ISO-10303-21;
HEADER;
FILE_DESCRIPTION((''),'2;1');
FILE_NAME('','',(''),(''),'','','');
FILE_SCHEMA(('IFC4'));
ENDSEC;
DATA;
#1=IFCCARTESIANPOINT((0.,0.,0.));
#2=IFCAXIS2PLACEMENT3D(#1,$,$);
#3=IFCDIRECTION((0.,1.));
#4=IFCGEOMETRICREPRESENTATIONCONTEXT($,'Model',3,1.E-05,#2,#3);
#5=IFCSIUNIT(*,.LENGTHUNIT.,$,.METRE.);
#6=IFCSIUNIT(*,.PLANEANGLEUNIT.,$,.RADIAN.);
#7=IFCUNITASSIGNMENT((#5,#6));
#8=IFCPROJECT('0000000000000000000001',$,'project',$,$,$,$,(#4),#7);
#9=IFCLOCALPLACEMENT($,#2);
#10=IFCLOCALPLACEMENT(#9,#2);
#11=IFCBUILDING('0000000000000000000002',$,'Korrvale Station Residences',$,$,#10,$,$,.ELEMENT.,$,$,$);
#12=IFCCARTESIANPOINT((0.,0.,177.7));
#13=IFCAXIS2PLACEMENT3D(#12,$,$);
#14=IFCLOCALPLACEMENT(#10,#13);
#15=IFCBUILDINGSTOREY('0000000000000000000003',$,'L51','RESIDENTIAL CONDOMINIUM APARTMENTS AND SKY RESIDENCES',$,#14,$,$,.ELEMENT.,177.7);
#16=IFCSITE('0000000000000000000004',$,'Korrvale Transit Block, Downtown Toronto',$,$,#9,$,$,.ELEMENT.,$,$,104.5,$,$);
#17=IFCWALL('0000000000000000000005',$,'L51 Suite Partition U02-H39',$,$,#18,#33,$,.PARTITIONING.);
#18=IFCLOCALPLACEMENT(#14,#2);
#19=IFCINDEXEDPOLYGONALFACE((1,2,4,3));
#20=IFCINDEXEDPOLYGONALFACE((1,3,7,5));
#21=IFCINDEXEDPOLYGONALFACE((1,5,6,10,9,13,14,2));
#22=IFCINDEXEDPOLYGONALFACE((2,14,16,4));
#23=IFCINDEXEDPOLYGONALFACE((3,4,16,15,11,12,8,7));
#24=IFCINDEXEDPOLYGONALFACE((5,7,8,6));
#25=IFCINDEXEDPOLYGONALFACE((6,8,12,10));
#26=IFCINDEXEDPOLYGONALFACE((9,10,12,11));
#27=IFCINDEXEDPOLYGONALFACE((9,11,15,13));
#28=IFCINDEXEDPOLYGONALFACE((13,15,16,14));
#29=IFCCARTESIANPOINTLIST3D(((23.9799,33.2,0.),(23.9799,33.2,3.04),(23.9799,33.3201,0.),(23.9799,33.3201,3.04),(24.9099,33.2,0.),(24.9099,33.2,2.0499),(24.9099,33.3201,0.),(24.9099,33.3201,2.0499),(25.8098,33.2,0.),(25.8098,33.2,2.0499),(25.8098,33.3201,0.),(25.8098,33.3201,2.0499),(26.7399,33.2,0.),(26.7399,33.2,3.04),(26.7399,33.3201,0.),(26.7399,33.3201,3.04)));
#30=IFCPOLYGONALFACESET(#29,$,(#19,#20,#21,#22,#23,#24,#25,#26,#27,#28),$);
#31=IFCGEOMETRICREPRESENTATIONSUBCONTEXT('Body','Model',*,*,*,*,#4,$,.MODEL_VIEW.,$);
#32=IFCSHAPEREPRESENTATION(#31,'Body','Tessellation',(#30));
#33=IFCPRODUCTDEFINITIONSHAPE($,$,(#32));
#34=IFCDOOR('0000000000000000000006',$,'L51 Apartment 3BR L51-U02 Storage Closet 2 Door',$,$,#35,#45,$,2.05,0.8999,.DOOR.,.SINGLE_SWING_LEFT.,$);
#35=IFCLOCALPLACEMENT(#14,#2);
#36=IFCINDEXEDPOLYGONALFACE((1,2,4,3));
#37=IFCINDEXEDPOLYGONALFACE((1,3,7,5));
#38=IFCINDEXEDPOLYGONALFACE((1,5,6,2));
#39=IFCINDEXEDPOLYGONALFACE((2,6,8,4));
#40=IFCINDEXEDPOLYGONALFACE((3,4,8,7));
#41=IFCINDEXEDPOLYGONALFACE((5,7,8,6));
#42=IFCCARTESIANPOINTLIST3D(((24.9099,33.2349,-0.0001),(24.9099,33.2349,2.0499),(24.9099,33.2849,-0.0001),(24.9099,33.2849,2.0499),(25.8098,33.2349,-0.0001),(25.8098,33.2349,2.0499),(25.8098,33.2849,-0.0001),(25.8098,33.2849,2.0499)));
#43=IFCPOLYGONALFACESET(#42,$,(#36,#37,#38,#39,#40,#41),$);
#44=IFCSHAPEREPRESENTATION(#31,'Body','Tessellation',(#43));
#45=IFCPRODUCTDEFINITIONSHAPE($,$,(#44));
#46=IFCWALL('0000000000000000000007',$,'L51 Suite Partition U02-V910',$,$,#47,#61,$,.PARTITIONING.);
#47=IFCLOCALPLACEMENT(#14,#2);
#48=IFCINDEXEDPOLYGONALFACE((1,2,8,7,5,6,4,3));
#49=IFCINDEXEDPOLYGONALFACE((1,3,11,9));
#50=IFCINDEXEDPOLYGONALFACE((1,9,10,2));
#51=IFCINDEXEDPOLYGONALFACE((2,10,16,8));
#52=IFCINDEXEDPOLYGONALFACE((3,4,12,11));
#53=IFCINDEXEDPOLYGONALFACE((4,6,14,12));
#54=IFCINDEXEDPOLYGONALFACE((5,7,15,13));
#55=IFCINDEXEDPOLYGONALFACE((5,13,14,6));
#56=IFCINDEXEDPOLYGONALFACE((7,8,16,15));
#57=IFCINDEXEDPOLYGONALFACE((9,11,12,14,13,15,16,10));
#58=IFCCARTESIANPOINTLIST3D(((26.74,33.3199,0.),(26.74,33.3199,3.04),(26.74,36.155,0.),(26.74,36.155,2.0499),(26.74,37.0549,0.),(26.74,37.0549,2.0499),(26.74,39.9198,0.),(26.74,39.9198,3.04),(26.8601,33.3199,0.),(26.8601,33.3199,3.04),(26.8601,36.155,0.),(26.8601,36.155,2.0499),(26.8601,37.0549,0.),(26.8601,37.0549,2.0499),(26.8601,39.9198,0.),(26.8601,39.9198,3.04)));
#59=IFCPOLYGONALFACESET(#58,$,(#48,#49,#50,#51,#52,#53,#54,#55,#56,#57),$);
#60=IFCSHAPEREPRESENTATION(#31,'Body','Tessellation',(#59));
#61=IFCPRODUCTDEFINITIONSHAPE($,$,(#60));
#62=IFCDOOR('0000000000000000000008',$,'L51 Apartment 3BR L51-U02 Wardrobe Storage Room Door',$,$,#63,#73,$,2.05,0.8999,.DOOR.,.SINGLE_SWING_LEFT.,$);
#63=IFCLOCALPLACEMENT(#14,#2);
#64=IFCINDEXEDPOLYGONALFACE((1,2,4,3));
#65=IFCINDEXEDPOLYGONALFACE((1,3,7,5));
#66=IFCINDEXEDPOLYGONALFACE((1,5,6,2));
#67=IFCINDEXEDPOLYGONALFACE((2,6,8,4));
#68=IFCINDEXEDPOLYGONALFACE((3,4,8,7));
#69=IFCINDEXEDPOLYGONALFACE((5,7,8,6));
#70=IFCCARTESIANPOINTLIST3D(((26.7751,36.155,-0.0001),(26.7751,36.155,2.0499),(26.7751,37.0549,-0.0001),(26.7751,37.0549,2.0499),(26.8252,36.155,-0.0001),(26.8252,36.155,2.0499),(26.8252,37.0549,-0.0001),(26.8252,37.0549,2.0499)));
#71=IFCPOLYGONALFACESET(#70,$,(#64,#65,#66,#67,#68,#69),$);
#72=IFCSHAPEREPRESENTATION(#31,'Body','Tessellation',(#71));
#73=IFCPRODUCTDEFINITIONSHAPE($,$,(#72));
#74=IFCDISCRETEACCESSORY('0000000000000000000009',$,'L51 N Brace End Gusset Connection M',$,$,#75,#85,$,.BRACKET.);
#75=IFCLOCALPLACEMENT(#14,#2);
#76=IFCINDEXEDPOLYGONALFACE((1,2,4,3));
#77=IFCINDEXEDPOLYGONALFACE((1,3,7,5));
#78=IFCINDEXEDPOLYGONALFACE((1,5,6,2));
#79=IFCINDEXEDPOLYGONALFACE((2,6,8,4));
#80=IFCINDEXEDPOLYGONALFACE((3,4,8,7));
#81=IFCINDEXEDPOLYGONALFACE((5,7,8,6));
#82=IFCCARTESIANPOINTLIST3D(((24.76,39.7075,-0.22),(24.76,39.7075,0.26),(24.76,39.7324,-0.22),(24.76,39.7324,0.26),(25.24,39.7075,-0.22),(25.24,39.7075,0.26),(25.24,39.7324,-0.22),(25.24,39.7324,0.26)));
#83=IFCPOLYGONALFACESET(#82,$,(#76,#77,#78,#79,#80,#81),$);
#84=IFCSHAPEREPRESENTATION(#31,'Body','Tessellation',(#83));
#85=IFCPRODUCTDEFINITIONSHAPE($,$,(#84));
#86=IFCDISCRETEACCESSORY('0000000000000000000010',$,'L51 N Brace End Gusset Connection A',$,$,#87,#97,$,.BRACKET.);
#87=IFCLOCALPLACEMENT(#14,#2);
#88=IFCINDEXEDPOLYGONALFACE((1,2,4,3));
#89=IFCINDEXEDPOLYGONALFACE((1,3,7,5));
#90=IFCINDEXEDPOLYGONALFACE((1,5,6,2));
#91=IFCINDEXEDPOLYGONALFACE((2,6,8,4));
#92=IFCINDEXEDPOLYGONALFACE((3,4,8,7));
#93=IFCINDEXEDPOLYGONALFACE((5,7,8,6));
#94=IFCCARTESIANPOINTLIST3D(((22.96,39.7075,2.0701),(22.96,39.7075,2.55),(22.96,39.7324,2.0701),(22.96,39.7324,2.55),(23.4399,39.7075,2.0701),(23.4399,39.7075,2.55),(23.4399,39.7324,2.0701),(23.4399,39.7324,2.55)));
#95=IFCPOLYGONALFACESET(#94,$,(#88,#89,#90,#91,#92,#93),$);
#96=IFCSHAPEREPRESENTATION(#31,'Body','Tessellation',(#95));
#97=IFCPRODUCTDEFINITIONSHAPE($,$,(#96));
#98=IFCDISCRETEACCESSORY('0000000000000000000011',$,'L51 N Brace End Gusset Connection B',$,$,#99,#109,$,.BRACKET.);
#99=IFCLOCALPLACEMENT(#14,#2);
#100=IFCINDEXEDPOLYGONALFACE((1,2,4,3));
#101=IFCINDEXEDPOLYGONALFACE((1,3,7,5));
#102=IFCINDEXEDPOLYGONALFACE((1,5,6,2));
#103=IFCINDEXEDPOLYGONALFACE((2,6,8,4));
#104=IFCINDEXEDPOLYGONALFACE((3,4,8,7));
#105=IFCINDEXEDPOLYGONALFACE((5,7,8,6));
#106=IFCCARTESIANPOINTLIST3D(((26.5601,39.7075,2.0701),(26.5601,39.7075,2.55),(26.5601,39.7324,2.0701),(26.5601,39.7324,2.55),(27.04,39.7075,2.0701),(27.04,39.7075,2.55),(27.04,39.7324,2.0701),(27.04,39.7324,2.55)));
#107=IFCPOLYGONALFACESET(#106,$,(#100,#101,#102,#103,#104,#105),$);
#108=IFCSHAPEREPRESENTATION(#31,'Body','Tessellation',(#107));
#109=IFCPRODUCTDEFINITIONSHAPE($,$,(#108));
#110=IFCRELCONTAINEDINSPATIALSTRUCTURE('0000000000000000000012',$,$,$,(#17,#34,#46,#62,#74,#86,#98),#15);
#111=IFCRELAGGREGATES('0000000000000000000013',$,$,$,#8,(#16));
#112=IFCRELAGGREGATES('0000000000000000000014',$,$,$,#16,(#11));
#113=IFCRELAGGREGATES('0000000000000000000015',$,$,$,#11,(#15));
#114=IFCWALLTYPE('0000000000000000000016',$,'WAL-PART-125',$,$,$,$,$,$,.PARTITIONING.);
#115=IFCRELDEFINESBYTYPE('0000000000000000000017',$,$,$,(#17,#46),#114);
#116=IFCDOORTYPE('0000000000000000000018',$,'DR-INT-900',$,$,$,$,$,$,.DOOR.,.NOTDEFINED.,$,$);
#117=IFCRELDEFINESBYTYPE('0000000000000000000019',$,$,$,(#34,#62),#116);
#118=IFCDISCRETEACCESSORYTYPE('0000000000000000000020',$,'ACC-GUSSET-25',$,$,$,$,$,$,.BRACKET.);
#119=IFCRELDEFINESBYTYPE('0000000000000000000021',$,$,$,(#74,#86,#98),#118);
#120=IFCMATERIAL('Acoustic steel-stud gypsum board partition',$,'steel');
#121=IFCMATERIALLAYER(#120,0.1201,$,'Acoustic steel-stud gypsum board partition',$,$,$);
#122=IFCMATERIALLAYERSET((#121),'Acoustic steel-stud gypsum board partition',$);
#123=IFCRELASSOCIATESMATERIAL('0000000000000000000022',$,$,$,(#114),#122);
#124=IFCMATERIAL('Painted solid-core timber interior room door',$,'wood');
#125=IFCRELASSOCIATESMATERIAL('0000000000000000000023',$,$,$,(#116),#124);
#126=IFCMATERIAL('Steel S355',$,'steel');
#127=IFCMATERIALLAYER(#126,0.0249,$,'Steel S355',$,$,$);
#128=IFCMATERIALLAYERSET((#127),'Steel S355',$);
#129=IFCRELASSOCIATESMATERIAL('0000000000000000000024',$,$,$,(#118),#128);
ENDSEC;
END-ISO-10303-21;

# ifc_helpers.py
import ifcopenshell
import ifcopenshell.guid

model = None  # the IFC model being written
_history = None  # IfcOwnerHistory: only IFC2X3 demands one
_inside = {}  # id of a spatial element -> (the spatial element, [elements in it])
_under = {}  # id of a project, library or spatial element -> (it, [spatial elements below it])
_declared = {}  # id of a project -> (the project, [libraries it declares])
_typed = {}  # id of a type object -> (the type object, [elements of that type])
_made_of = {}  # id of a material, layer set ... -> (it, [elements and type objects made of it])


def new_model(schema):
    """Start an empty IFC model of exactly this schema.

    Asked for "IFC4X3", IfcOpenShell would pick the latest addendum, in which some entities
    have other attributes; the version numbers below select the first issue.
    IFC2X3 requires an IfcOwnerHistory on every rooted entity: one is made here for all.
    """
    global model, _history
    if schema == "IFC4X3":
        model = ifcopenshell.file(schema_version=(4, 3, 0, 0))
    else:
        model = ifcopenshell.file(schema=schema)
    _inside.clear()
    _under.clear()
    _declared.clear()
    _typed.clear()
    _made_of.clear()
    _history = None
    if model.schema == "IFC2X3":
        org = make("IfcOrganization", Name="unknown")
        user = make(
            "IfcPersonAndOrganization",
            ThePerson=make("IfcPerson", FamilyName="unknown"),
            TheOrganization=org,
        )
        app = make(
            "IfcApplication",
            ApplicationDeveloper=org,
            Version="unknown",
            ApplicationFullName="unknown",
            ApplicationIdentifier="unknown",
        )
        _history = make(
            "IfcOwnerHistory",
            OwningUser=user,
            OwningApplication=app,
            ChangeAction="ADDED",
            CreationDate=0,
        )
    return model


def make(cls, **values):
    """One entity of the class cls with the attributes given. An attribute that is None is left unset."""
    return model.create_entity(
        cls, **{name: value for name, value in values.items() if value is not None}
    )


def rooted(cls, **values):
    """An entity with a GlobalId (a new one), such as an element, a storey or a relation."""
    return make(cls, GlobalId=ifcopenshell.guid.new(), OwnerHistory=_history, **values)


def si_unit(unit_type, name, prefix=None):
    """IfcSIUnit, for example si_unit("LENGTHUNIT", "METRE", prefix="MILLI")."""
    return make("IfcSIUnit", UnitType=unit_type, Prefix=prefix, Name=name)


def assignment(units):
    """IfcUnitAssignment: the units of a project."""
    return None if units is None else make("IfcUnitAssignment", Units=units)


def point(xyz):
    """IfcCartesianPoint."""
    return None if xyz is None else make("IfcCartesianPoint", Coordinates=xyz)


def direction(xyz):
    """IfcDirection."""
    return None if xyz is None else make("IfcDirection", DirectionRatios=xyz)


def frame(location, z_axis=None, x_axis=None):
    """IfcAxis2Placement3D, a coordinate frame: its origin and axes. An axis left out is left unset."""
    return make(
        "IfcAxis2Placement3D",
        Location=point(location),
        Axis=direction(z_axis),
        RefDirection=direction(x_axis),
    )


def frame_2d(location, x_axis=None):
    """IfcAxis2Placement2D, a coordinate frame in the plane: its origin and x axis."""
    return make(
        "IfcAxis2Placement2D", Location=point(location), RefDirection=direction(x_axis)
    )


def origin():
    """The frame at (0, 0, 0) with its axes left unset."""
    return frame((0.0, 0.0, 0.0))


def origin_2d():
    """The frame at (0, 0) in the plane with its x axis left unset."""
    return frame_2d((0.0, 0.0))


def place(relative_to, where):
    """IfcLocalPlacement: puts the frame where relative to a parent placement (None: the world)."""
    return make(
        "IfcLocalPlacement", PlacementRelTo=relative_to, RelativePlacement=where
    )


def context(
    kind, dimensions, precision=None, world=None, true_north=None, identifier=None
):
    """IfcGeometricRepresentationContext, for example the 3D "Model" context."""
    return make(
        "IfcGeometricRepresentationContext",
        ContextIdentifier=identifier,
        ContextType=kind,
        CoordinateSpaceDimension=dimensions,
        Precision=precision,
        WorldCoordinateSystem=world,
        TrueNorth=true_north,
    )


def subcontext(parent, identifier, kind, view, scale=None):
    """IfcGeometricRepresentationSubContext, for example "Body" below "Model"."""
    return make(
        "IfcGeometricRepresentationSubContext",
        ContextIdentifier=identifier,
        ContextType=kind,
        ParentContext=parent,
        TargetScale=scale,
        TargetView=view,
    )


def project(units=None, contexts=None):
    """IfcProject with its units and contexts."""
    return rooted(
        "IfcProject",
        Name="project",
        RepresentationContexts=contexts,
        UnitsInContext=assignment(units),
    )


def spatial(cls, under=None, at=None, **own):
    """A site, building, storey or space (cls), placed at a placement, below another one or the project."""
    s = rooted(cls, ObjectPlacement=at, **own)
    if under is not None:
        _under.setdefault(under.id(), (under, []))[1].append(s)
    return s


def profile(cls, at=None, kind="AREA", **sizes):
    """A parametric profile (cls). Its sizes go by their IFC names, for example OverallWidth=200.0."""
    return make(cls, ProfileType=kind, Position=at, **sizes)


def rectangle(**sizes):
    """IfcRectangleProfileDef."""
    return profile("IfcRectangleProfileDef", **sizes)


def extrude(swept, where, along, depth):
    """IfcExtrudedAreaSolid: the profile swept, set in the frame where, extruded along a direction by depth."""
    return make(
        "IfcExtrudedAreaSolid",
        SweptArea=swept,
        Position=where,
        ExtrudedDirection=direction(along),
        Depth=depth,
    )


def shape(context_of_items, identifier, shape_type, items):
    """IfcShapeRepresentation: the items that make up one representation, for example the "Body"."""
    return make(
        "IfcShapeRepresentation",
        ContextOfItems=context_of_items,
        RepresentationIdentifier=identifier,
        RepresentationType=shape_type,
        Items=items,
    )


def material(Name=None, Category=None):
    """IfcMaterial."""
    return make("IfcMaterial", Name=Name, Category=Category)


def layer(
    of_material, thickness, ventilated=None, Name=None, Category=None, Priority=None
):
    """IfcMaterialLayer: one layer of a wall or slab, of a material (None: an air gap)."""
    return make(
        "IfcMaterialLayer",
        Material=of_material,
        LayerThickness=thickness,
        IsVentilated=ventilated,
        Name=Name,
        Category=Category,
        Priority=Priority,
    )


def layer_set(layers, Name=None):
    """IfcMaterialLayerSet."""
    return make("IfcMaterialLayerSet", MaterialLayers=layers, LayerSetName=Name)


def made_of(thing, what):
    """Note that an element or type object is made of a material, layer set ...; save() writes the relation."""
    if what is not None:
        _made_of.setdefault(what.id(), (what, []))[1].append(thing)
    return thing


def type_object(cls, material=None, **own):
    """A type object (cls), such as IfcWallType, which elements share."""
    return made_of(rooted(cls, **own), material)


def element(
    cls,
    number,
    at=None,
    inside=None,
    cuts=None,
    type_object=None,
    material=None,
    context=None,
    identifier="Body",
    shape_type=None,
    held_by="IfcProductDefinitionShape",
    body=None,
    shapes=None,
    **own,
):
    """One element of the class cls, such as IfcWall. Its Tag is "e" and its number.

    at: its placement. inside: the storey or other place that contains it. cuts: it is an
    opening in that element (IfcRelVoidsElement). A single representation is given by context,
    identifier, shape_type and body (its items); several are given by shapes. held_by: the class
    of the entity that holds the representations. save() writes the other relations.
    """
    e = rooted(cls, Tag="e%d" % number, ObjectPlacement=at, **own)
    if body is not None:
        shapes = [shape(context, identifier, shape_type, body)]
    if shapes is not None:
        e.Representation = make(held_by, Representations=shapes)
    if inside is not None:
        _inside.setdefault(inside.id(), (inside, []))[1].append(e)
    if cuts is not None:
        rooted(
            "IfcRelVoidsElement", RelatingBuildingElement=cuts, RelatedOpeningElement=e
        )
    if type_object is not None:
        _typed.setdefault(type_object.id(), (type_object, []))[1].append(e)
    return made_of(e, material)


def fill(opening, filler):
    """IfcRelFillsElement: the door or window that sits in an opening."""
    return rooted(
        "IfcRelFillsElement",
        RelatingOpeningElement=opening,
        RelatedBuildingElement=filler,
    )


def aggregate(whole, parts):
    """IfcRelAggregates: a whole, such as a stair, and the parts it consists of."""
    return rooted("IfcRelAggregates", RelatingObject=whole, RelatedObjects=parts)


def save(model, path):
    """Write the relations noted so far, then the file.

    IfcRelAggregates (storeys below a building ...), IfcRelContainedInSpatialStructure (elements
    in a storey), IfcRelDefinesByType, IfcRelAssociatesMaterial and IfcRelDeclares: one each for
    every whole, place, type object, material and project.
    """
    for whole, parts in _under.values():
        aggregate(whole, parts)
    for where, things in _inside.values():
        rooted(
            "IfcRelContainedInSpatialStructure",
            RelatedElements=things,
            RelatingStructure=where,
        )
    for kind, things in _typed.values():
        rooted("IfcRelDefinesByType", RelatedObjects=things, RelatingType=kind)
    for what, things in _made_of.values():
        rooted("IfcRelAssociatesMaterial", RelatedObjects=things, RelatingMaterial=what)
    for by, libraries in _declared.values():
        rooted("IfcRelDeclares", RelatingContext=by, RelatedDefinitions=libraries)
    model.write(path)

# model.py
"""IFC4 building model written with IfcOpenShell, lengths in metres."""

from ifc_helpers import new_model, si_unit, direction, frame, frame_2d, origin, origin_2d, place, context, subcontext, project, spatial, rectangle, extrude, material, layer, layer_set, type_object, element, fill, save


model = new_model("IFC4")

# Units and contexts
model_context = context("Model", 3, precision=1e-05, world=origin(), true_north=direction((0.0, 1.0)))
body_context = subcontext(model_context, "Body", "Model", "MODEL_VIEW")
ifc_project = project(units=[si_unit("LENGTHUNIT", "METRE"), si_unit("PLANEANGLEUNIT", "RADIAN")], contexts=[model_context])

# Site, building, storey
site_placement = place(None, origin())
site = spatial("IfcSite", under=ifc_project, at=site_placement, Name="Korrvale Transit Block, Downtown Toronto", CompositionType="ELEMENT", RefElevation=104.5)
building_placement = place(site_placement, origin())
building = spatial("IfcBuilding", under=site, at=building_placement, Name="Korrvale Station Residences", CompositionType="ELEMENT")
storey_placement = place(building_placement, frame((0.0, 0.0, 177.7)))
storey = spatial("IfcBuildingStorey", under=building, at=storey_placement, Name="L51", Description="RESIDENTIAL CONDOMINIUM APARTMENTS AND SKY RESIDENCES", CompositionType="ELEMENT", Elevation=177.7)

# Shared definitions
ifc_material_1 = material(Name="Steel S355", Category="steel")

# Walls, openings, doors
ifc_material_2 = material(Name="Acoustic steel-stud gypsum board partition", Category="steel")
ifc_layer_1 = layer(ifc_material_2, 0.1201, Name="Acoustic steel-stud gypsum board partition")
ifc_layer_set_1 = layer_set([ifc_layer_1], Name="Acoustic steel-stud gypsum board partition")
wall_type = type_object("IfcWallType", Name="WAL-PART-125", PredefinedType="PARTITIONING", material=ifc_layer_set_1)
ifc_material_3 = material(Name="Painted solid-core timber interior room door", Category="wood")
door_type = type_object("IfcDoorType", Name="DR-INT-900", OperationType="NOTDEFINED", PredefinedType="DOOR", material=ifc_material_3)
wall_1_placement = place(storey_placement, frame((23.98, 33.26, 0.0), z_axis=(0.0, 0.0, 1.0), x_axis=(1.0, 0.0, 0.0)))
wall_1 = element("IfcWall", 1, at=wall_1_placement, inside=storey, type_object=wall_type, Name="L51 Suite Partition U02-H39", PredefinedType="PARTITIONING", context=body_context, shape_type="SweptSolid", body=[
    extrude(rectangle(XDim=2.76, YDim=0.1201, at=frame_2d((1.3799, 0.0))), origin(), (0.0, 0.0, 1.0), 3.04),
])
opening_1_placement = place(wall_1_placement, frame((0.9299, 0.0, 0.0)))
opening_1 = element("IfcOpeningElement", 2, at=opening_1_placement, cuts=wall_1, PredefinedType="OPENING", context=body_context, shape_type="SweptSolid", body=[
    extrude(rectangle(XDim=0.8999, YDim=2.05, at=frame_2d((0.45, 1.0249))), frame((0.0, 0.0701, 0.0), z_axis=(0.0, -1.0, 0.0), x_axis=(1.0, 0.0, 0.0)), (0.0, 0.0, 1.0), 0.1401),
])
door_1_placement = place(opening_1_placement, origin())
door_1 = element("IfcDoor", 3, at=door_1_placement, inside=storey, type_object=door_type, Name="L51 Apartment 3BR L51-U02 Storage Closet 2 Door", OperationType="SINGLE_SWING_LEFT", OverallHeight=2.05, OverallWidth=0.8999, PredefinedType="DOOR", context=body_context, shape_type="SweptSolid", body=[
    extrude(rectangle(XDim=0.8999, YDim=2.05, at=frame_2d((0.45, 1.0249))), frame((0.0, 0.0249, 0.0), z_axis=(0.0, -1.0, 0.0), x_axis=(1.0, 0.0, 0.0)), (0.0, 0.0, 1.0), 0.05),
])
fill(opening_1, door_1)
wall_2_placement = place(storey_placement, frame((26.8, 33.3201, 0.0), z_axis=(0.0, 0.0, 1.0), x_axis=(0.0, 1.0, 0.0)))
wall_2 = element("IfcWall", 4, at=wall_2_placement, inside=storey, type_object=wall_type, Name="L51 Suite Partition U02-V910", PredefinedType="PARTITIONING", context=body_context, shape_type="SweptSolid", body=[
    extrude(rectangle(XDim=6.5999, YDim=0.1201, at=frame_2d((3.2998, 0.0))), origin(), (0.0, 0.0, 1.0), 3.04),
])
opening_2_placement = place(wall_2_placement, frame((2.835, 0.0, 0.0)))
opening_2 = element("IfcOpeningElement", 5, at=opening_2_placement, cuts=wall_2, PredefinedType="OPENING", context=body_context, shape_type="SweptSolid", body=[
    extrude(rectangle(XDim=0.8999, YDim=2.05, at=frame_2d((0.45, 1.0249))), frame((0.0, 0.0701, 0.0), z_axis=(0.0, -1.0, 0.0), x_axis=(1.0, 0.0, 0.0)), (0.0, 0.0, 1.0), 0.1401),
])
door_2_placement = place(opening_2_placement, origin())
door_2 = element("IfcDoor", 6, at=door_2_placement, inside=storey, type_object=door_type, Name="L51 Apartment 3BR L51-U02 Wardrobe Storage Room Door", OperationType="SINGLE_SWING_LEFT", OverallHeight=2.05, OverallWidth=0.8999, PredefinedType="DOOR", context=body_context, shape_type="SweptSolid", body=[
    extrude(rectangle(XDim=0.8999, YDim=2.05, at=frame_2d((0.45, 1.0249))), frame((0.0, 0.0249, 0.0), z_axis=(0.0, -1.0, 0.0), x_axis=(1.0, 0.0, 0.0)), (0.0, 0.0, 1.0), 0.05),
])
fill(opening_2, door_2)

# Discrete accessories
ifc_layer_2 = layer(ifc_material_1, 0.0249, Name="Steel S355")
ifc_layer_set_2 = layer_set([ifc_layer_2], Name="Steel S355")
discrete_accessory_type = type_object("IfcDiscreteAccessoryType", Name="ACC-GUSSET-25", PredefinedType="BRACKET", material=ifc_layer_set_2)
for number, where, z_axis, x_axis, name in (
    (7, (25.0, 39.72, -0.22), (0.0, 0.0, 1.0), (1.0, 0.0, 0.0), "L51 N Brace End Gusset Connection M"),
    (8, (23.2, 39.72, 2.0701), (0.0, 0.0, 1.0), (1.0, 0.0, 0.0), "L51 N Brace End Gusset Connection A"),
    (9, (26.8, 39.72, 2.0701), (0.0, 0.0, 1.0), (1.0, 0.0, 0.0), "L51 N Brace End Gusset Connection B"),
):
    element("IfcDiscreteAccessory", number, at=place(storey_placement, frame(where, z_axis=z_axis, x_axis=x_axis)), inside=storey, type_object=discrete_accessory_type, Name=name, PredefinedType="BRACKET", context=body_context, shape_type="SweptSolid", body=[
        extrude(rectangle(XDim=0.48, YDim=0.0249, at=origin_2d()), origin(), (0.0, 0.0, 1.0), 0.48),
    ])

save(model, "model.ifc")
